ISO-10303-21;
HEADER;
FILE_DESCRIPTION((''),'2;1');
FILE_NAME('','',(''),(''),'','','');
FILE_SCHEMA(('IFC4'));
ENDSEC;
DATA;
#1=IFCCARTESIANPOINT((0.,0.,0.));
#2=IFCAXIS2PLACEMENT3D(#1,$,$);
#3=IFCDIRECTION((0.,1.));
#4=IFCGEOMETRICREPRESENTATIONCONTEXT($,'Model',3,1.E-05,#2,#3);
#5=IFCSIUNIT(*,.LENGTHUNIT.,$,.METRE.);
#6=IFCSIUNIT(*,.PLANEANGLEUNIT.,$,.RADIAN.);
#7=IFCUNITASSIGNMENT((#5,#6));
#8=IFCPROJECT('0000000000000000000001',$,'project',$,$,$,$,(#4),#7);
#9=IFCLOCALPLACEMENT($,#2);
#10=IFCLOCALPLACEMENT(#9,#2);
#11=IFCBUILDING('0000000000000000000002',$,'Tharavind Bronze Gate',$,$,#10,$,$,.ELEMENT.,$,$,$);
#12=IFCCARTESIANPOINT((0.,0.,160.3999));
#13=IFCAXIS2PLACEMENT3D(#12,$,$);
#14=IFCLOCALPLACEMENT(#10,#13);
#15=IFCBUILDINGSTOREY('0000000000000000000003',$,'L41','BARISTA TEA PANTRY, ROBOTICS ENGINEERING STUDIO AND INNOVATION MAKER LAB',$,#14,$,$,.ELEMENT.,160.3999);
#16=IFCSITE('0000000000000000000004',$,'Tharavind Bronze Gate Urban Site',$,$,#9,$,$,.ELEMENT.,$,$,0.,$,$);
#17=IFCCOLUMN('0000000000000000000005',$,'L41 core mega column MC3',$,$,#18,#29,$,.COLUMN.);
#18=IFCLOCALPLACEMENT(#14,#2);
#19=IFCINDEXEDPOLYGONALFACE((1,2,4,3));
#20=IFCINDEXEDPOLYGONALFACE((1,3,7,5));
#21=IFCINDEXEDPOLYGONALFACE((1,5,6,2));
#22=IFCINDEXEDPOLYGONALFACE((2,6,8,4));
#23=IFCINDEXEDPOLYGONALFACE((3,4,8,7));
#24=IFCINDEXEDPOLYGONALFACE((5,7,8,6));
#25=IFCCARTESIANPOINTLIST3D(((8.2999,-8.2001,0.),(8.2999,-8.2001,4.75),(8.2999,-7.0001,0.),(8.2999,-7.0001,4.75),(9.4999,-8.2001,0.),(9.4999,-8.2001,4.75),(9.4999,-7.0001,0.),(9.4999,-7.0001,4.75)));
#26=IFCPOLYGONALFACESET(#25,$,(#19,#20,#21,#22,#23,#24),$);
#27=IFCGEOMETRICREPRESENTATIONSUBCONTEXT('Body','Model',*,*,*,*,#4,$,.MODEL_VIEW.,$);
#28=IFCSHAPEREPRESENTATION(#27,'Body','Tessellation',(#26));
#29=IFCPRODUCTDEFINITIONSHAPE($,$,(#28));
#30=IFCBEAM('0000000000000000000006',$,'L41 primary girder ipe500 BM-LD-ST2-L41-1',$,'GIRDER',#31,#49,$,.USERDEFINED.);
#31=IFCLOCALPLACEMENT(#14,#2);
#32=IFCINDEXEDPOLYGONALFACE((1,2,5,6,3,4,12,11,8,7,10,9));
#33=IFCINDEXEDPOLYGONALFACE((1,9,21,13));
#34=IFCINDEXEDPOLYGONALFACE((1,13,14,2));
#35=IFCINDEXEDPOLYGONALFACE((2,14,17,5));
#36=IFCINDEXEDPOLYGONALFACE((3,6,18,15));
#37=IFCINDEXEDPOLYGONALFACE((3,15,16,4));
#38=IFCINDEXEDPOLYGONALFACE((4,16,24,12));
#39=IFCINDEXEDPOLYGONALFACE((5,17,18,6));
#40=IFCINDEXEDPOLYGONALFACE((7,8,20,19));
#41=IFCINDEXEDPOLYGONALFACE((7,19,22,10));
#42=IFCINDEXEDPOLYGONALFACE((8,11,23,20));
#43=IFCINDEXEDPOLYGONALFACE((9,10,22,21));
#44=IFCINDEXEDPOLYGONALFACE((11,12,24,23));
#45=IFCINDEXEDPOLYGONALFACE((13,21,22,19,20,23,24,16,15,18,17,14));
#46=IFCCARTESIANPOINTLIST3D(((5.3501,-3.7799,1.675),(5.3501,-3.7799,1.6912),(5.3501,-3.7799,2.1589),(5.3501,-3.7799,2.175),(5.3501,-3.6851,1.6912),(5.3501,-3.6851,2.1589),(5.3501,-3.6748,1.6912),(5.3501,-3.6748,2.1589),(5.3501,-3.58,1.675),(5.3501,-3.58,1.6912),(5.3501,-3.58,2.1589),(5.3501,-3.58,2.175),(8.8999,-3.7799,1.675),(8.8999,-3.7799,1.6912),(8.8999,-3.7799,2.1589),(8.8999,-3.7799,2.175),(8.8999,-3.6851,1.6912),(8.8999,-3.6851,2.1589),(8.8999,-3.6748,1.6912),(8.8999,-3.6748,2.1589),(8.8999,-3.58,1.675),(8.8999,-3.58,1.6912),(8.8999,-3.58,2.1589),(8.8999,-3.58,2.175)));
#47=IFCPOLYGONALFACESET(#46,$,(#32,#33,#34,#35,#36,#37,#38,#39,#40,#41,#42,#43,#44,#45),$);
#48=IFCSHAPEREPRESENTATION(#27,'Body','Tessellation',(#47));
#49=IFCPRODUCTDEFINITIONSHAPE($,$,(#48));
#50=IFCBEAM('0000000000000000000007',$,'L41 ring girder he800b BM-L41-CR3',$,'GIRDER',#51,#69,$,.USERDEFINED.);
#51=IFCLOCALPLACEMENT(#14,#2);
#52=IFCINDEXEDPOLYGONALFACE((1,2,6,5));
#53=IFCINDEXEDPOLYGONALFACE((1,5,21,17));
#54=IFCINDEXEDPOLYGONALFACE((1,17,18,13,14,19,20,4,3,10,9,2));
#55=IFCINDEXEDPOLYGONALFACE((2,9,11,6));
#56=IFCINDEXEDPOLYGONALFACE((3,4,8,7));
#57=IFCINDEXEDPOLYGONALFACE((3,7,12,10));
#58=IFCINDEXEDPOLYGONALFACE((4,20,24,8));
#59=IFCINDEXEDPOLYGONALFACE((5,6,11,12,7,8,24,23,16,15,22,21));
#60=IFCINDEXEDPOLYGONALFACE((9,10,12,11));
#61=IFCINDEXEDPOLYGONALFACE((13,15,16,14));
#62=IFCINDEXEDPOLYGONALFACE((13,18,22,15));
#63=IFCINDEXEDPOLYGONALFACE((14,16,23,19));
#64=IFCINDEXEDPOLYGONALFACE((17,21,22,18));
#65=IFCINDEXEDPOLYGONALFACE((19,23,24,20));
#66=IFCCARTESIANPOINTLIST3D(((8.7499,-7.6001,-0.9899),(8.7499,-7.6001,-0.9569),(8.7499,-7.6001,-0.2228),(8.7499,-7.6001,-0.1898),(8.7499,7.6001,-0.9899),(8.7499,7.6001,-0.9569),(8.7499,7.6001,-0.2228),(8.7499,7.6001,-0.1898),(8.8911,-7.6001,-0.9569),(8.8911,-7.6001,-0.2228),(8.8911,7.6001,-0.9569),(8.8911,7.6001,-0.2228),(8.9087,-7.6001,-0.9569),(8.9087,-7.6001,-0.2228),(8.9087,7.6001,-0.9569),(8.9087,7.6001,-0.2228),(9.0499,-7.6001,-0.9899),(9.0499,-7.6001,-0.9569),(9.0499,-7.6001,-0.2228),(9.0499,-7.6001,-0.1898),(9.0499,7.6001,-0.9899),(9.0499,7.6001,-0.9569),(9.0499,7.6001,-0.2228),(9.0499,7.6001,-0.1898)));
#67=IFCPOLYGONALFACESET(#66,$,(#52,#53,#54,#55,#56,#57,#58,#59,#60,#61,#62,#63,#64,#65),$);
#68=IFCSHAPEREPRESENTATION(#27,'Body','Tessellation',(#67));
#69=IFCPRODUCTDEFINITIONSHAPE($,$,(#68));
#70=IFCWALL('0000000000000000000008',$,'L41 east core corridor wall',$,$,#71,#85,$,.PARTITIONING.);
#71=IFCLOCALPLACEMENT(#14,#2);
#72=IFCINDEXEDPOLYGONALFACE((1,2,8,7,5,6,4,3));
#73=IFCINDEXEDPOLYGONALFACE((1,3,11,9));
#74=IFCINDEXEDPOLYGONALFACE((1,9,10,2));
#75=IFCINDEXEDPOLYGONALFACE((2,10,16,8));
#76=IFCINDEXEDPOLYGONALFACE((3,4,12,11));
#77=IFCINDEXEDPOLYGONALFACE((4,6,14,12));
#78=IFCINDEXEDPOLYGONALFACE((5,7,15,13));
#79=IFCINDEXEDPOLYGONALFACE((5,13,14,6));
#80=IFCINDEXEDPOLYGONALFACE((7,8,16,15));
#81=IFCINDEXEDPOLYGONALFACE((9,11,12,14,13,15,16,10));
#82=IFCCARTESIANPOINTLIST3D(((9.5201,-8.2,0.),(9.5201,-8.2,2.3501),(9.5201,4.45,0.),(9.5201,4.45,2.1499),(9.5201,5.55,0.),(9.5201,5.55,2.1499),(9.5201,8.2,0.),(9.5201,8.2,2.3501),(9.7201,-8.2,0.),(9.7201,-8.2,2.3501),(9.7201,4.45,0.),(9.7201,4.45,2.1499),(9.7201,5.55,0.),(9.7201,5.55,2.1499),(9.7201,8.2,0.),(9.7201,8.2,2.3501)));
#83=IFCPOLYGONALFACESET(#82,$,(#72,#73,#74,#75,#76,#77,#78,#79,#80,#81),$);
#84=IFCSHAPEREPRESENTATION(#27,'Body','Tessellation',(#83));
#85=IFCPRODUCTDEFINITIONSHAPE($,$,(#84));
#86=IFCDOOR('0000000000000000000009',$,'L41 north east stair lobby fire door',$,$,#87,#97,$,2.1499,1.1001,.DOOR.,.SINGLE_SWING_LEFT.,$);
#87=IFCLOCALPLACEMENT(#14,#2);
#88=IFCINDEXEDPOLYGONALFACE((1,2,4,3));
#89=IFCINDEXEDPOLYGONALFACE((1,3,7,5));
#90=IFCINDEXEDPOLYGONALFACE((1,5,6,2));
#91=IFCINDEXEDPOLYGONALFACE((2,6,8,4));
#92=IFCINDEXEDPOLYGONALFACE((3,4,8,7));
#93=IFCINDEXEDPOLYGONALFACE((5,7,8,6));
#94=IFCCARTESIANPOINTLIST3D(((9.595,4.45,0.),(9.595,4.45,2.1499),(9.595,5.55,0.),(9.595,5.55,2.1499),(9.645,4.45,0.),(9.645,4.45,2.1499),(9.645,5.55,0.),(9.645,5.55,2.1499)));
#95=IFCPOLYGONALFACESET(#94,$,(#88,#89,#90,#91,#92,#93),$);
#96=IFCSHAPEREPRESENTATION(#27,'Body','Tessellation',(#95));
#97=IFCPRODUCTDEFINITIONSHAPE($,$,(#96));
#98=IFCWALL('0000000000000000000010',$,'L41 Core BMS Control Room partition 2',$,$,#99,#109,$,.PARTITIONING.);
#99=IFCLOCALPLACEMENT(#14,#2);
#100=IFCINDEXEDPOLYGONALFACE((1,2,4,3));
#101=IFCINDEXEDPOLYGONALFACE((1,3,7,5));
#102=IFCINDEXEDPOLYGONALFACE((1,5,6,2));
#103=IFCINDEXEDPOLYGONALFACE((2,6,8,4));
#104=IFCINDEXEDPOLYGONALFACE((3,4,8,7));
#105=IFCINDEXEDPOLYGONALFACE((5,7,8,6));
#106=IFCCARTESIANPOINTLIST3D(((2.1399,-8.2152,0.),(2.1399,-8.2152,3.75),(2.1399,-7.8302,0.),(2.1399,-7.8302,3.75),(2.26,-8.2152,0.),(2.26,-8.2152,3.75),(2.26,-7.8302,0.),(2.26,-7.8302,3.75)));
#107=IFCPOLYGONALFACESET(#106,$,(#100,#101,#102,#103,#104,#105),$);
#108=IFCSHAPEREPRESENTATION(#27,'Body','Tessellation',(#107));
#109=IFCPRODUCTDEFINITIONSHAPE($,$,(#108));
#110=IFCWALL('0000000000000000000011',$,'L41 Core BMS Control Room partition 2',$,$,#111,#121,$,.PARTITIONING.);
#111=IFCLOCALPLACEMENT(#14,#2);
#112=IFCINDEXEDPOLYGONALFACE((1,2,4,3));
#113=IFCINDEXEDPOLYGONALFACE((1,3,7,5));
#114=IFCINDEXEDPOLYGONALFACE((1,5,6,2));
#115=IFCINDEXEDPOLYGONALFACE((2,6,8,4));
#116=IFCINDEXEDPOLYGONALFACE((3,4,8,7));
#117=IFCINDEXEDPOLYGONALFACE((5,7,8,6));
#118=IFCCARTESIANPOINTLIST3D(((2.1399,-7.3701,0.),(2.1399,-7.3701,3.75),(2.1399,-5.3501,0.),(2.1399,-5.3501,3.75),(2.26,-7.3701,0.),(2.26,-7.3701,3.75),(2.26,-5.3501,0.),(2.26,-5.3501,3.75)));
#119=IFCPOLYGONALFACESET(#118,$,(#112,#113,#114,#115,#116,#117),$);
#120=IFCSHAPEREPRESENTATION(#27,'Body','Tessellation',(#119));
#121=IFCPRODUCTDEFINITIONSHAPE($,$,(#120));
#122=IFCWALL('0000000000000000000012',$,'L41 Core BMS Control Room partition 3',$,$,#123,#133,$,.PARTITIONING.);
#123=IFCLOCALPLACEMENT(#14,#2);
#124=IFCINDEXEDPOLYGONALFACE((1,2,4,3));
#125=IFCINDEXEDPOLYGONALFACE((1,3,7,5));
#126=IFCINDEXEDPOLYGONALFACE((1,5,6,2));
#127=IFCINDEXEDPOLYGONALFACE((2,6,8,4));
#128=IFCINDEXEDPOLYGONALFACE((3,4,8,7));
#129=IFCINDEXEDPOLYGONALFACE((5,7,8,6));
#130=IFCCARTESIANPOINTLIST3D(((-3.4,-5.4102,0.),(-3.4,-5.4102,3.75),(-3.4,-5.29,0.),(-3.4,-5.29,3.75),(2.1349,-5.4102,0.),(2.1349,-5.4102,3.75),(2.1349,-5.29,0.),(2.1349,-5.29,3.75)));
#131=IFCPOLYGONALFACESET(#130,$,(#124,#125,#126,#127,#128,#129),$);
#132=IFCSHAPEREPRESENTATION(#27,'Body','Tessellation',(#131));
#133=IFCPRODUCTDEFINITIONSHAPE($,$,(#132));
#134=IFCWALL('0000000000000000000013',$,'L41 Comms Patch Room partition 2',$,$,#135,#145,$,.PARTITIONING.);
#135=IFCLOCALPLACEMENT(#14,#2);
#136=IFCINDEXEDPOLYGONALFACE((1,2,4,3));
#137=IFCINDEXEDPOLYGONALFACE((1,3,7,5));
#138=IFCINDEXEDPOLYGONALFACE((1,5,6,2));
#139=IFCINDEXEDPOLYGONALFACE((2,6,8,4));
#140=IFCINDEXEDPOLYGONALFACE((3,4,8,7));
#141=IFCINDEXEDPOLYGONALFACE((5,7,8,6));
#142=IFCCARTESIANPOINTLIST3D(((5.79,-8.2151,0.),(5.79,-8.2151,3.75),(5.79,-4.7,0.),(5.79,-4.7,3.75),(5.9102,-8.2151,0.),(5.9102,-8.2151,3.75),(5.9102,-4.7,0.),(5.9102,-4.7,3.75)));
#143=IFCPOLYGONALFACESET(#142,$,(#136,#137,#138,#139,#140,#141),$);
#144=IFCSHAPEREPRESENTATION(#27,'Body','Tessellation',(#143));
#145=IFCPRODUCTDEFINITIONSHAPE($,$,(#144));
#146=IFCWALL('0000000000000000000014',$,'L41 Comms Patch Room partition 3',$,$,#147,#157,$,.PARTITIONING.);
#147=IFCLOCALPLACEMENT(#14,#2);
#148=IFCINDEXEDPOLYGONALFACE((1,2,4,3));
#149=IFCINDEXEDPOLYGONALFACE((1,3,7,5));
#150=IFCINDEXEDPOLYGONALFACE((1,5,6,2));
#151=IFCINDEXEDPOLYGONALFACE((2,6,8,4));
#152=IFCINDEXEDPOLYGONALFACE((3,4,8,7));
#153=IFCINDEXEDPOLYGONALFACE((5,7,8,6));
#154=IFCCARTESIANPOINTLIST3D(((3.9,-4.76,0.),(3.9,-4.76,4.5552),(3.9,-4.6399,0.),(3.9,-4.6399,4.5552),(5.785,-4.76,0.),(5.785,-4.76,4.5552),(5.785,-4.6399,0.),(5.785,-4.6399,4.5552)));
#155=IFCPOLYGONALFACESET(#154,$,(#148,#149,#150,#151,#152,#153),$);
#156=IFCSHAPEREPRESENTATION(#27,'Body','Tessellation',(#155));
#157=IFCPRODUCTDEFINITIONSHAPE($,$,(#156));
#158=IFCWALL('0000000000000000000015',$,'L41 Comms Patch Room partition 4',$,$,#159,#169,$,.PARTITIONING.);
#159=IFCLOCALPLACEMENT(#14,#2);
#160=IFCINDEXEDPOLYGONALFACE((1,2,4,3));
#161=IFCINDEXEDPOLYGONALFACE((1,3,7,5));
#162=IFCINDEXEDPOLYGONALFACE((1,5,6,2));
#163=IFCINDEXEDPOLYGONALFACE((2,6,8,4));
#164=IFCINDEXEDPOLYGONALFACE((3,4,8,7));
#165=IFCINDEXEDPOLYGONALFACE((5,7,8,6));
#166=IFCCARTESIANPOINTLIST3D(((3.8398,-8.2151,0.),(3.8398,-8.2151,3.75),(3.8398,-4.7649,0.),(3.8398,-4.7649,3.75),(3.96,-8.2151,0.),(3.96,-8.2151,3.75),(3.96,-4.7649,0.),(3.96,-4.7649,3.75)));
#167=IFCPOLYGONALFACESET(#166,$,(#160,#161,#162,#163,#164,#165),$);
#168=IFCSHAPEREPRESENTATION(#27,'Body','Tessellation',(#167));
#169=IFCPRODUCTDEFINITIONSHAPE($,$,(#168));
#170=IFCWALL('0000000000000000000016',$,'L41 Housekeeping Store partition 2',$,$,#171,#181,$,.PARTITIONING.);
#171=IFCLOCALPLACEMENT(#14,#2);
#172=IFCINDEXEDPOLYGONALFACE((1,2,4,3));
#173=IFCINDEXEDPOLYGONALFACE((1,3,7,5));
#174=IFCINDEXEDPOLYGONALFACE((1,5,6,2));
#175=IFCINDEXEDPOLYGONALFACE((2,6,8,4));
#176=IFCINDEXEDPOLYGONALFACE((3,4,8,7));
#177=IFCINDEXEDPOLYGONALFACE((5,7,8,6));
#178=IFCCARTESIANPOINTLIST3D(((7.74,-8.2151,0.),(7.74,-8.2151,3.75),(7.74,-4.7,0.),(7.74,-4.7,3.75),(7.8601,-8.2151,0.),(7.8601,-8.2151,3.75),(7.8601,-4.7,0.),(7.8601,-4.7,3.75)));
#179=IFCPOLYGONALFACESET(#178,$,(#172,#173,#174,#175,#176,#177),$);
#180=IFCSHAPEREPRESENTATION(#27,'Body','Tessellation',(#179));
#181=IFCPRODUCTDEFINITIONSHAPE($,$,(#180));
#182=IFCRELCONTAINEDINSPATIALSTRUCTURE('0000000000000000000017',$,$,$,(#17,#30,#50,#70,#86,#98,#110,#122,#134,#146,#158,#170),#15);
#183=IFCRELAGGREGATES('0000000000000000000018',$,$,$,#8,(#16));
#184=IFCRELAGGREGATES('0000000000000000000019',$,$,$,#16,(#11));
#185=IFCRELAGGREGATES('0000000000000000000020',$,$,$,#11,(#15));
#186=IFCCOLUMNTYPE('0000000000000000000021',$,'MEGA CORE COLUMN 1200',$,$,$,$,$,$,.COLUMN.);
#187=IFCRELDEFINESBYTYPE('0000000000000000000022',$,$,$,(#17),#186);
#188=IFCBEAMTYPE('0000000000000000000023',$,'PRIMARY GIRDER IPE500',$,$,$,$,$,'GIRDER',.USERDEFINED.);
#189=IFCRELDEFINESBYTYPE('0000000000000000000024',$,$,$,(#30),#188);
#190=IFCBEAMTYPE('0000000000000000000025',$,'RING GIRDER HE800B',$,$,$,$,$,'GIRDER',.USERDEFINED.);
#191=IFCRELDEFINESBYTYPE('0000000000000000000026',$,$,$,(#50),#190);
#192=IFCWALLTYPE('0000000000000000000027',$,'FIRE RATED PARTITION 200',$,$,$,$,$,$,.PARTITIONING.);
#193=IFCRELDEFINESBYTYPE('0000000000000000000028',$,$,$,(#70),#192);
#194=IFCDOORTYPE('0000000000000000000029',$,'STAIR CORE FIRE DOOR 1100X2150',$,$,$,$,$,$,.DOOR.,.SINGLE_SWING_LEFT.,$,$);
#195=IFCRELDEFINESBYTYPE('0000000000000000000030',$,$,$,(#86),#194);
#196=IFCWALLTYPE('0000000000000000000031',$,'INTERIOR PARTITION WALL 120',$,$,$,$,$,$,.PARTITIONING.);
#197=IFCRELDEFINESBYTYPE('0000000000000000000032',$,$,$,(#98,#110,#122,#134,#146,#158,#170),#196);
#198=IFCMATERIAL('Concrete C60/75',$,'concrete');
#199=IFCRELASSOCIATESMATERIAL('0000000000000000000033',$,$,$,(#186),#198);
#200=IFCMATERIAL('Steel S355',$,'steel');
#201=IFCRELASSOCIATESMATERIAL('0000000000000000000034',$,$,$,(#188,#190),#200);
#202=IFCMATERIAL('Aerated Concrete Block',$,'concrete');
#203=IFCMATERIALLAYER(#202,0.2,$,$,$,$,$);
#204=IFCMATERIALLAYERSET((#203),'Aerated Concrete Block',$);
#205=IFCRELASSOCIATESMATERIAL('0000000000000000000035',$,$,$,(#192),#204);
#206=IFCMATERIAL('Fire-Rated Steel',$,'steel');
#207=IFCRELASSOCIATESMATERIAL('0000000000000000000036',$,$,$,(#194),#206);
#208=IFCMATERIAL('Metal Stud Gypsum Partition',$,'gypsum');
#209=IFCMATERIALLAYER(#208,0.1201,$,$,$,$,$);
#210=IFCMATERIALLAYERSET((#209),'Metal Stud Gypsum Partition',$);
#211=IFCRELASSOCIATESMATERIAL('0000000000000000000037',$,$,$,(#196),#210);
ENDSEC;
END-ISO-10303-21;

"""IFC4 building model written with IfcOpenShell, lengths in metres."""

from ifc_helpers import new_model, si_unit, direction, frame, frame_2d, origin, origin_2d, place, context, subcontext, project, spatial, rectangle, i_section, extrude, material, layer, layer_set, material_profile, profile_set, type_object, element, fill, save


model = new_model("IFC4")

# Units and contexts
model_context = context("Model", 3, precision=1e-05, world=origin(), true_north=direction((0.0, 1.0)))
body_context = subcontext(model_context, "Body", "Model", "MODEL_VIEW")
ifc_project = project(units=[si_unit("LENGTHUNIT", "METRE"), si_unit("PLANEANGLEUNIT", "RADIAN")], contexts=[model_context])

# Site, building, storey
site_placement = place(None, origin())
site = spatial("IfcSite", under=ifc_project, at=site_placement, Name="Tharavind Bronze Gate Urban Site", CompositionType="ELEMENT", RefElevation=0.0)
building_placement = place(site_placement, origin())
building = spatial("IfcBuilding", under=site, at=building_placement, Name="Tharavind Bronze Gate", CompositionType="ELEMENT")
storey_placement = place(building_placement, frame((0.0, 0.0, 160.3999)))
storey = spatial("IfcBuildingStorey", under=building, at=storey_placement, Name="L41", Description="BARISTA TEA PANTRY, ROBOTICS ENGINEERING STUDIO AND INNOVATION MAKER LAB", CompositionType="ELEMENT", Elevation=160.3999)

# Column
ifc_material_1 = material(Name="Concrete C60/75", Category="concrete")
ifc_material_profile_1 = material_profile(ifc_material_1, rectangle(XDim=1.2, YDim=1.2, at=origin_2d()), Name="RCCOL1200")
ifc_profile_set_1 = profile_set([ifc_material_profile_1], Name="Concrete C60/75")
column_type = type_object("IfcColumnType", Name="MEGA CORE COLUMN 1200", PredefinedType="COLUMN", material=ifc_profile_set_1)
column_placement = place(storey_placement, frame((8.8999, -7.6001, 0.0), z_axis=(0.0, 0.0, 1.0), x_axis=(1.0, 0.0, 0.0)))
element("IfcColumn", 1, at=column_placement, inside=storey, type_object=column_type, Name="L41 core mega column MC3", PredefinedType="COLUMN", context=body_context, shape_type="SweptSolid", body=[
    extrude(rectangle(XDim=1.2, YDim=1.2, at=origin_2d()), origin(), (0.0, 0.0, 1.0), 4.75),
])

# Beams
ifc_material_2 = material(Name="Steel S355", Category="steel")
ifc_material_profile_2 = material_profile(ifc_material_2, i_section(OverallWidth=0.2, OverallDepth=0.5, WebThickness=0.0103, FlangeThickness=0.0161, at=origin_2d()), Name="IPE500")
ifc_profile_set_2 = profile_set([ifc_material_profile_2], Name="Steel S355")
beam_type_1 = type_object("IfcBeamType", Name="PRIMARY GIRDER IPE500", ElementType="GIRDER", PredefinedType="USERDEFINED", material=ifc_profile_set_2)
beam_1_placement = place(storey_placement, frame((5.3501, -3.6799, 1.925), z_axis=(1.0, 0.0, 0.0), x_axis=(0.0, 1.0, 0.0)))
element("IfcBeam", 2, at=beam_1_placement, inside=storey, type_object=beam_type_1, Name="L41 primary girder ipe500 BM-LD-ST2-L41-1", ObjectType="GIRDER", PredefinedType="USERDEFINED", context=body_context, shape_type="SweptSolid", body=[
    extrude(i_section(OverallWidth=0.2, OverallDepth=0.5, WebThickness=0.0103, FlangeThickness=0.0161, at=origin_2d()), origin(), (0.0, 0.0, 1.0), 3.5498),
])
ifc_material_profile_3 = material_profile(ifc_material_2, i_section(OverallWidth=0.3, OverallDepth=0.8, WebThickness=0.0176, FlangeThickness=0.033, at=origin_2d()), Name="HE800B")
ifc_profile_set_3 = profile_set([ifc_material_profile_3], Name="Steel S355")
beam_type_2 = type_object("IfcBeamType", Name="RING GIRDER HE800B", ElementType="GIRDER", PredefinedType="USERDEFINED", material=ifc_profile_set_3)
beam_2_placement = place(storey_placement, frame((8.8999, -7.6001, -0.5898), z_axis=(0.0, 1.0, 0.0), x_axis=(-1.0, 0.0, 0.0)))
element("IfcBeam", 3, at=beam_2_placement, inside=storey, type_object=beam_type_2, Name="L41 ring girder he800b BM-L41-CR3", ObjectType="GIRDER", PredefinedType="USERDEFINED", context=body_context, shape_type="SweptSolid", body=[
    extrude(i_section(OverallWidth=0.3, OverallDepth=0.8, WebThickness=0.0176, FlangeThickness=0.033, at=origin_2d()), origin(), (0.0, 0.0, 1.0), 15.2002),
])

# Wall, opening, door
ifc_material_3 = material(Name="Aerated Concrete Block", Category="concrete")
ifc_layer_1 = layer(ifc_material_3, 0.2)
ifc_layer_set_1 = layer_set([ifc_layer_1], Name="Aerated Concrete Block")
wall_type_1 = type_object("IfcWallType", Name="FIRE RATED PARTITION 200", PredefinedType="PARTITIONING", material=ifc_layer_set_1)
wall_1_placement = place(storey_placement, frame((9.6201, -8.2, 0.0), z_axis=(0.0, 0.0, 1.0), x_axis=(0.0, 1.0, 0.0)))
wall_1 = element("IfcWall", 4, at=wall_1_placement, inside=storey, type_object=wall_type_1, Name="L41 east core corridor wall", PredefinedType="PARTITIONING", context=body_context, shape_type="SweptSolid", body=[
    extrude(rectangle(XDim=16.3999, YDim=0.2, at=frame_2d((8.2, 0.0))), origin(), (0.0, 0.0, 1.0), 2.3501),
])
opening_1_placement = place(wall_1_placement, frame((12.6499, 0.0, 0.0)))
opening_1 = element("IfcOpeningElement", 5, at=opening_1_placement, cuts=wall_1, PredefinedType="OPENING", context=body_context, shape_type="SweptSolid", body=[
    extrude(rectangle(XDim=1.1001, YDim=2.1499, at=frame_2d((0.55, 1.075))), frame((0.0, 0.1101, 0.0), z_axis=(0.0, -1.0, 0.0), x_axis=(1.0, 0.0, 0.0)), (0.0, 0.0, 1.0), 0.22),
])
ifc_material_4 = material(Name="Fire-Rated Steel", Category="steel")
door_type_1 = type_object("IfcDoorType", Name="STAIR CORE FIRE DOOR 1100X2150", OperationType="SINGLE_SWING_LEFT", PredefinedType="DOOR", material=ifc_material_4)
door_1_placement = place(opening_1_placement, frame((1.1001, 0.0, 0.0), z_axis=(0.0, 0.0, 1.0), x_axis=(-1.0, 0.0, 0.0)))
door_1 = element("IfcDoor", 6, at=door_1_placement, inside=storey, type_object=door_type_1, Name="L41 north east stair lobby fire door", OperationType="SINGLE_SWING_LEFT", OverallHeight=2.1499, OverallWidth=1.1001, PredefinedType="DOOR", context=body_context, shape_type="SweptSolid", body=[
    extrude(rectangle(XDim=1.1001, YDim=2.1499, at=frame_2d((0.55, 1.075))), frame((0.0, 0.0249, 0.0), z_axis=(0.0, -1.0, 0.0), x_axis=(1.0, 0.0, 0.0)), (0.0, 0.0, 1.0), 0.05),
])
fill(opening_1, door_1)

# Walls
ifc_material_5 = material(Name="Metal Stud Gypsum Partition", Category="gypsum")
ifc_layer_2 = layer(ifc_material_5, 0.1201)
ifc_layer_set_2 = layer_set([ifc_layer_2], Name="Metal Stud Gypsum Partition")
wall_type_2 = type_object("IfcWallType", Name="INTERIOR PARTITION WALL 120", PredefinedType="PARTITIONING", material=ifc_layer_set_2)
wall_2_placement = place(storey_placement, frame((2.2, -8.2151, 0.0), z_axis=(0.0, 0.0, 1.0), x_axis=(0.0, 1.0, 0.0)))
element("IfcWall", 7, at=wall_2_placement, inside=storey, type_object=wall_type_2, Name="L41 Core BMS Control Room partition 2", PredefinedType="PARTITIONING", context=body_context, shape_type="SweptSolid", body=[
    extrude(rectangle(XDim=0.385, YDim=0.1201, at=frame_2d((0.1924, 0.0))), origin(), (0.0, 0.0, 1.0), 3.75),
])
wall_3_placement = place(storey_placement, frame((2.2, -7.3701, 0.0), z_axis=(0.0, 0.0, 1.0), x_axis=(0.0, 1.0, 0.0)))
element("IfcWall", 8, at=wall_3_placement, inside=storey, type_object=wall_type_2, Name="L41 Core BMS Control Room partition 2", PredefinedType="PARTITIONING", context=body_context, shape_type="SweptSolid", body=[
    extrude(rectangle(XDim=2.02, YDim=0.1201, at=frame_2d((1.01, 0.0))), origin(), (0.0, 0.0, 1.0), 3.75),
])
wall_4_placement = place(storey_placement, frame((2.135, -5.3501, 0.0), z_axis=(0.0, 0.0, 1.0), x_axis=(-1.0, 0.0, 0.0)))
element("IfcWall", 9, at=wall_4_placement, inside=storey, type_object=wall_type_2, Name="L41 Core BMS Control Room partition 3", PredefinedType="PARTITIONING", context=body_context, shape_type="SweptSolid", body=[
    extrude(rectangle(XDim=5.5349, YDim=0.1201, at=frame_2d((2.7676, 0.0))), origin(), (0.0, 0.0, 1.0), 3.75),
])
wall_5_placement = place(storey_placement, frame((5.8501, -8.2151, 0.0), z_axis=(0.0, 0.0, 1.0), x_axis=(0.0, 1.0, 0.0)))
element("IfcWall", 10, at=wall_5_placement, inside=storey, type_object=wall_type_2, Name="L41 Comms Patch Room partition 2", PredefinedType="PARTITIONING", context=body_context, shape_type="SweptSolid", body=[
    extrude(rectangle(XDim=3.5151, YDim=0.1201, at=frame_2d((1.7576, 0.0))), origin(), (0.0, 0.0, 1.0), 3.75),
])
wall_6_placement = place(storey_placement, frame((5.7849, -4.7, 0.0), z_axis=(0.0, 0.0, 1.0), x_axis=(-1.0, 0.0, 0.0)))
element("IfcWall", 11, at=wall_6_placement, inside=storey, type_object=wall_type_2, Name="L41 Comms Patch Room partition 3", PredefinedType="PARTITIONING", context=body_context, shape_type="SweptSolid", body=[
    extrude(rectangle(XDim=1.885, YDim=0.1201, at=frame_2d((0.9424, 0.0))), origin(), (0.0, 0.0, 1.0), 4.5552),
])
wall_7_placement = place(storey_placement, frame((3.8999, -4.7649, 0.0), z_axis=(0.0, 0.0, 1.0), x_axis=(0.0, -1.0, 0.0)))
element("IfcWall", 12, at=wall_7_placement, inside=storey, type_object=wall_type_2, Name="L41 Comms Patch Room partition 4", PredefinedType="PARTITIONING", context=body_context, shape_type="SweptSolid", body=[
    extrude(rectangle(XDim=3.4502, YDim=0.1201, at=frame_2d((1.7251, 0.0))), origin(), (0.0, 0.0, 1.0), 3.75),
])
wall_8_placement = place(storey_placement, frame((7.8, -8.2151, 0.0), z_axis=(0.0, 0.0, 1.0), x_axis=(0.0, 1.0, 0.0)))
element("IfcWall", 13, at=wall_8_placement, inside=storey, type_object=wall_type_2, Name="L41 Housekeeping Store partition 2", PredefinedType="PARTITIONING", context=body_context, shape_type="SweptSolid", body=[
    extrude(rectangle(XDim=3.5151, YDim=0.1201, at=frame_2d((1.7576, 0.0))), origin(), (0.0, 0.0, 1.0), 3.75),
])

save(model, "model.ifc")
